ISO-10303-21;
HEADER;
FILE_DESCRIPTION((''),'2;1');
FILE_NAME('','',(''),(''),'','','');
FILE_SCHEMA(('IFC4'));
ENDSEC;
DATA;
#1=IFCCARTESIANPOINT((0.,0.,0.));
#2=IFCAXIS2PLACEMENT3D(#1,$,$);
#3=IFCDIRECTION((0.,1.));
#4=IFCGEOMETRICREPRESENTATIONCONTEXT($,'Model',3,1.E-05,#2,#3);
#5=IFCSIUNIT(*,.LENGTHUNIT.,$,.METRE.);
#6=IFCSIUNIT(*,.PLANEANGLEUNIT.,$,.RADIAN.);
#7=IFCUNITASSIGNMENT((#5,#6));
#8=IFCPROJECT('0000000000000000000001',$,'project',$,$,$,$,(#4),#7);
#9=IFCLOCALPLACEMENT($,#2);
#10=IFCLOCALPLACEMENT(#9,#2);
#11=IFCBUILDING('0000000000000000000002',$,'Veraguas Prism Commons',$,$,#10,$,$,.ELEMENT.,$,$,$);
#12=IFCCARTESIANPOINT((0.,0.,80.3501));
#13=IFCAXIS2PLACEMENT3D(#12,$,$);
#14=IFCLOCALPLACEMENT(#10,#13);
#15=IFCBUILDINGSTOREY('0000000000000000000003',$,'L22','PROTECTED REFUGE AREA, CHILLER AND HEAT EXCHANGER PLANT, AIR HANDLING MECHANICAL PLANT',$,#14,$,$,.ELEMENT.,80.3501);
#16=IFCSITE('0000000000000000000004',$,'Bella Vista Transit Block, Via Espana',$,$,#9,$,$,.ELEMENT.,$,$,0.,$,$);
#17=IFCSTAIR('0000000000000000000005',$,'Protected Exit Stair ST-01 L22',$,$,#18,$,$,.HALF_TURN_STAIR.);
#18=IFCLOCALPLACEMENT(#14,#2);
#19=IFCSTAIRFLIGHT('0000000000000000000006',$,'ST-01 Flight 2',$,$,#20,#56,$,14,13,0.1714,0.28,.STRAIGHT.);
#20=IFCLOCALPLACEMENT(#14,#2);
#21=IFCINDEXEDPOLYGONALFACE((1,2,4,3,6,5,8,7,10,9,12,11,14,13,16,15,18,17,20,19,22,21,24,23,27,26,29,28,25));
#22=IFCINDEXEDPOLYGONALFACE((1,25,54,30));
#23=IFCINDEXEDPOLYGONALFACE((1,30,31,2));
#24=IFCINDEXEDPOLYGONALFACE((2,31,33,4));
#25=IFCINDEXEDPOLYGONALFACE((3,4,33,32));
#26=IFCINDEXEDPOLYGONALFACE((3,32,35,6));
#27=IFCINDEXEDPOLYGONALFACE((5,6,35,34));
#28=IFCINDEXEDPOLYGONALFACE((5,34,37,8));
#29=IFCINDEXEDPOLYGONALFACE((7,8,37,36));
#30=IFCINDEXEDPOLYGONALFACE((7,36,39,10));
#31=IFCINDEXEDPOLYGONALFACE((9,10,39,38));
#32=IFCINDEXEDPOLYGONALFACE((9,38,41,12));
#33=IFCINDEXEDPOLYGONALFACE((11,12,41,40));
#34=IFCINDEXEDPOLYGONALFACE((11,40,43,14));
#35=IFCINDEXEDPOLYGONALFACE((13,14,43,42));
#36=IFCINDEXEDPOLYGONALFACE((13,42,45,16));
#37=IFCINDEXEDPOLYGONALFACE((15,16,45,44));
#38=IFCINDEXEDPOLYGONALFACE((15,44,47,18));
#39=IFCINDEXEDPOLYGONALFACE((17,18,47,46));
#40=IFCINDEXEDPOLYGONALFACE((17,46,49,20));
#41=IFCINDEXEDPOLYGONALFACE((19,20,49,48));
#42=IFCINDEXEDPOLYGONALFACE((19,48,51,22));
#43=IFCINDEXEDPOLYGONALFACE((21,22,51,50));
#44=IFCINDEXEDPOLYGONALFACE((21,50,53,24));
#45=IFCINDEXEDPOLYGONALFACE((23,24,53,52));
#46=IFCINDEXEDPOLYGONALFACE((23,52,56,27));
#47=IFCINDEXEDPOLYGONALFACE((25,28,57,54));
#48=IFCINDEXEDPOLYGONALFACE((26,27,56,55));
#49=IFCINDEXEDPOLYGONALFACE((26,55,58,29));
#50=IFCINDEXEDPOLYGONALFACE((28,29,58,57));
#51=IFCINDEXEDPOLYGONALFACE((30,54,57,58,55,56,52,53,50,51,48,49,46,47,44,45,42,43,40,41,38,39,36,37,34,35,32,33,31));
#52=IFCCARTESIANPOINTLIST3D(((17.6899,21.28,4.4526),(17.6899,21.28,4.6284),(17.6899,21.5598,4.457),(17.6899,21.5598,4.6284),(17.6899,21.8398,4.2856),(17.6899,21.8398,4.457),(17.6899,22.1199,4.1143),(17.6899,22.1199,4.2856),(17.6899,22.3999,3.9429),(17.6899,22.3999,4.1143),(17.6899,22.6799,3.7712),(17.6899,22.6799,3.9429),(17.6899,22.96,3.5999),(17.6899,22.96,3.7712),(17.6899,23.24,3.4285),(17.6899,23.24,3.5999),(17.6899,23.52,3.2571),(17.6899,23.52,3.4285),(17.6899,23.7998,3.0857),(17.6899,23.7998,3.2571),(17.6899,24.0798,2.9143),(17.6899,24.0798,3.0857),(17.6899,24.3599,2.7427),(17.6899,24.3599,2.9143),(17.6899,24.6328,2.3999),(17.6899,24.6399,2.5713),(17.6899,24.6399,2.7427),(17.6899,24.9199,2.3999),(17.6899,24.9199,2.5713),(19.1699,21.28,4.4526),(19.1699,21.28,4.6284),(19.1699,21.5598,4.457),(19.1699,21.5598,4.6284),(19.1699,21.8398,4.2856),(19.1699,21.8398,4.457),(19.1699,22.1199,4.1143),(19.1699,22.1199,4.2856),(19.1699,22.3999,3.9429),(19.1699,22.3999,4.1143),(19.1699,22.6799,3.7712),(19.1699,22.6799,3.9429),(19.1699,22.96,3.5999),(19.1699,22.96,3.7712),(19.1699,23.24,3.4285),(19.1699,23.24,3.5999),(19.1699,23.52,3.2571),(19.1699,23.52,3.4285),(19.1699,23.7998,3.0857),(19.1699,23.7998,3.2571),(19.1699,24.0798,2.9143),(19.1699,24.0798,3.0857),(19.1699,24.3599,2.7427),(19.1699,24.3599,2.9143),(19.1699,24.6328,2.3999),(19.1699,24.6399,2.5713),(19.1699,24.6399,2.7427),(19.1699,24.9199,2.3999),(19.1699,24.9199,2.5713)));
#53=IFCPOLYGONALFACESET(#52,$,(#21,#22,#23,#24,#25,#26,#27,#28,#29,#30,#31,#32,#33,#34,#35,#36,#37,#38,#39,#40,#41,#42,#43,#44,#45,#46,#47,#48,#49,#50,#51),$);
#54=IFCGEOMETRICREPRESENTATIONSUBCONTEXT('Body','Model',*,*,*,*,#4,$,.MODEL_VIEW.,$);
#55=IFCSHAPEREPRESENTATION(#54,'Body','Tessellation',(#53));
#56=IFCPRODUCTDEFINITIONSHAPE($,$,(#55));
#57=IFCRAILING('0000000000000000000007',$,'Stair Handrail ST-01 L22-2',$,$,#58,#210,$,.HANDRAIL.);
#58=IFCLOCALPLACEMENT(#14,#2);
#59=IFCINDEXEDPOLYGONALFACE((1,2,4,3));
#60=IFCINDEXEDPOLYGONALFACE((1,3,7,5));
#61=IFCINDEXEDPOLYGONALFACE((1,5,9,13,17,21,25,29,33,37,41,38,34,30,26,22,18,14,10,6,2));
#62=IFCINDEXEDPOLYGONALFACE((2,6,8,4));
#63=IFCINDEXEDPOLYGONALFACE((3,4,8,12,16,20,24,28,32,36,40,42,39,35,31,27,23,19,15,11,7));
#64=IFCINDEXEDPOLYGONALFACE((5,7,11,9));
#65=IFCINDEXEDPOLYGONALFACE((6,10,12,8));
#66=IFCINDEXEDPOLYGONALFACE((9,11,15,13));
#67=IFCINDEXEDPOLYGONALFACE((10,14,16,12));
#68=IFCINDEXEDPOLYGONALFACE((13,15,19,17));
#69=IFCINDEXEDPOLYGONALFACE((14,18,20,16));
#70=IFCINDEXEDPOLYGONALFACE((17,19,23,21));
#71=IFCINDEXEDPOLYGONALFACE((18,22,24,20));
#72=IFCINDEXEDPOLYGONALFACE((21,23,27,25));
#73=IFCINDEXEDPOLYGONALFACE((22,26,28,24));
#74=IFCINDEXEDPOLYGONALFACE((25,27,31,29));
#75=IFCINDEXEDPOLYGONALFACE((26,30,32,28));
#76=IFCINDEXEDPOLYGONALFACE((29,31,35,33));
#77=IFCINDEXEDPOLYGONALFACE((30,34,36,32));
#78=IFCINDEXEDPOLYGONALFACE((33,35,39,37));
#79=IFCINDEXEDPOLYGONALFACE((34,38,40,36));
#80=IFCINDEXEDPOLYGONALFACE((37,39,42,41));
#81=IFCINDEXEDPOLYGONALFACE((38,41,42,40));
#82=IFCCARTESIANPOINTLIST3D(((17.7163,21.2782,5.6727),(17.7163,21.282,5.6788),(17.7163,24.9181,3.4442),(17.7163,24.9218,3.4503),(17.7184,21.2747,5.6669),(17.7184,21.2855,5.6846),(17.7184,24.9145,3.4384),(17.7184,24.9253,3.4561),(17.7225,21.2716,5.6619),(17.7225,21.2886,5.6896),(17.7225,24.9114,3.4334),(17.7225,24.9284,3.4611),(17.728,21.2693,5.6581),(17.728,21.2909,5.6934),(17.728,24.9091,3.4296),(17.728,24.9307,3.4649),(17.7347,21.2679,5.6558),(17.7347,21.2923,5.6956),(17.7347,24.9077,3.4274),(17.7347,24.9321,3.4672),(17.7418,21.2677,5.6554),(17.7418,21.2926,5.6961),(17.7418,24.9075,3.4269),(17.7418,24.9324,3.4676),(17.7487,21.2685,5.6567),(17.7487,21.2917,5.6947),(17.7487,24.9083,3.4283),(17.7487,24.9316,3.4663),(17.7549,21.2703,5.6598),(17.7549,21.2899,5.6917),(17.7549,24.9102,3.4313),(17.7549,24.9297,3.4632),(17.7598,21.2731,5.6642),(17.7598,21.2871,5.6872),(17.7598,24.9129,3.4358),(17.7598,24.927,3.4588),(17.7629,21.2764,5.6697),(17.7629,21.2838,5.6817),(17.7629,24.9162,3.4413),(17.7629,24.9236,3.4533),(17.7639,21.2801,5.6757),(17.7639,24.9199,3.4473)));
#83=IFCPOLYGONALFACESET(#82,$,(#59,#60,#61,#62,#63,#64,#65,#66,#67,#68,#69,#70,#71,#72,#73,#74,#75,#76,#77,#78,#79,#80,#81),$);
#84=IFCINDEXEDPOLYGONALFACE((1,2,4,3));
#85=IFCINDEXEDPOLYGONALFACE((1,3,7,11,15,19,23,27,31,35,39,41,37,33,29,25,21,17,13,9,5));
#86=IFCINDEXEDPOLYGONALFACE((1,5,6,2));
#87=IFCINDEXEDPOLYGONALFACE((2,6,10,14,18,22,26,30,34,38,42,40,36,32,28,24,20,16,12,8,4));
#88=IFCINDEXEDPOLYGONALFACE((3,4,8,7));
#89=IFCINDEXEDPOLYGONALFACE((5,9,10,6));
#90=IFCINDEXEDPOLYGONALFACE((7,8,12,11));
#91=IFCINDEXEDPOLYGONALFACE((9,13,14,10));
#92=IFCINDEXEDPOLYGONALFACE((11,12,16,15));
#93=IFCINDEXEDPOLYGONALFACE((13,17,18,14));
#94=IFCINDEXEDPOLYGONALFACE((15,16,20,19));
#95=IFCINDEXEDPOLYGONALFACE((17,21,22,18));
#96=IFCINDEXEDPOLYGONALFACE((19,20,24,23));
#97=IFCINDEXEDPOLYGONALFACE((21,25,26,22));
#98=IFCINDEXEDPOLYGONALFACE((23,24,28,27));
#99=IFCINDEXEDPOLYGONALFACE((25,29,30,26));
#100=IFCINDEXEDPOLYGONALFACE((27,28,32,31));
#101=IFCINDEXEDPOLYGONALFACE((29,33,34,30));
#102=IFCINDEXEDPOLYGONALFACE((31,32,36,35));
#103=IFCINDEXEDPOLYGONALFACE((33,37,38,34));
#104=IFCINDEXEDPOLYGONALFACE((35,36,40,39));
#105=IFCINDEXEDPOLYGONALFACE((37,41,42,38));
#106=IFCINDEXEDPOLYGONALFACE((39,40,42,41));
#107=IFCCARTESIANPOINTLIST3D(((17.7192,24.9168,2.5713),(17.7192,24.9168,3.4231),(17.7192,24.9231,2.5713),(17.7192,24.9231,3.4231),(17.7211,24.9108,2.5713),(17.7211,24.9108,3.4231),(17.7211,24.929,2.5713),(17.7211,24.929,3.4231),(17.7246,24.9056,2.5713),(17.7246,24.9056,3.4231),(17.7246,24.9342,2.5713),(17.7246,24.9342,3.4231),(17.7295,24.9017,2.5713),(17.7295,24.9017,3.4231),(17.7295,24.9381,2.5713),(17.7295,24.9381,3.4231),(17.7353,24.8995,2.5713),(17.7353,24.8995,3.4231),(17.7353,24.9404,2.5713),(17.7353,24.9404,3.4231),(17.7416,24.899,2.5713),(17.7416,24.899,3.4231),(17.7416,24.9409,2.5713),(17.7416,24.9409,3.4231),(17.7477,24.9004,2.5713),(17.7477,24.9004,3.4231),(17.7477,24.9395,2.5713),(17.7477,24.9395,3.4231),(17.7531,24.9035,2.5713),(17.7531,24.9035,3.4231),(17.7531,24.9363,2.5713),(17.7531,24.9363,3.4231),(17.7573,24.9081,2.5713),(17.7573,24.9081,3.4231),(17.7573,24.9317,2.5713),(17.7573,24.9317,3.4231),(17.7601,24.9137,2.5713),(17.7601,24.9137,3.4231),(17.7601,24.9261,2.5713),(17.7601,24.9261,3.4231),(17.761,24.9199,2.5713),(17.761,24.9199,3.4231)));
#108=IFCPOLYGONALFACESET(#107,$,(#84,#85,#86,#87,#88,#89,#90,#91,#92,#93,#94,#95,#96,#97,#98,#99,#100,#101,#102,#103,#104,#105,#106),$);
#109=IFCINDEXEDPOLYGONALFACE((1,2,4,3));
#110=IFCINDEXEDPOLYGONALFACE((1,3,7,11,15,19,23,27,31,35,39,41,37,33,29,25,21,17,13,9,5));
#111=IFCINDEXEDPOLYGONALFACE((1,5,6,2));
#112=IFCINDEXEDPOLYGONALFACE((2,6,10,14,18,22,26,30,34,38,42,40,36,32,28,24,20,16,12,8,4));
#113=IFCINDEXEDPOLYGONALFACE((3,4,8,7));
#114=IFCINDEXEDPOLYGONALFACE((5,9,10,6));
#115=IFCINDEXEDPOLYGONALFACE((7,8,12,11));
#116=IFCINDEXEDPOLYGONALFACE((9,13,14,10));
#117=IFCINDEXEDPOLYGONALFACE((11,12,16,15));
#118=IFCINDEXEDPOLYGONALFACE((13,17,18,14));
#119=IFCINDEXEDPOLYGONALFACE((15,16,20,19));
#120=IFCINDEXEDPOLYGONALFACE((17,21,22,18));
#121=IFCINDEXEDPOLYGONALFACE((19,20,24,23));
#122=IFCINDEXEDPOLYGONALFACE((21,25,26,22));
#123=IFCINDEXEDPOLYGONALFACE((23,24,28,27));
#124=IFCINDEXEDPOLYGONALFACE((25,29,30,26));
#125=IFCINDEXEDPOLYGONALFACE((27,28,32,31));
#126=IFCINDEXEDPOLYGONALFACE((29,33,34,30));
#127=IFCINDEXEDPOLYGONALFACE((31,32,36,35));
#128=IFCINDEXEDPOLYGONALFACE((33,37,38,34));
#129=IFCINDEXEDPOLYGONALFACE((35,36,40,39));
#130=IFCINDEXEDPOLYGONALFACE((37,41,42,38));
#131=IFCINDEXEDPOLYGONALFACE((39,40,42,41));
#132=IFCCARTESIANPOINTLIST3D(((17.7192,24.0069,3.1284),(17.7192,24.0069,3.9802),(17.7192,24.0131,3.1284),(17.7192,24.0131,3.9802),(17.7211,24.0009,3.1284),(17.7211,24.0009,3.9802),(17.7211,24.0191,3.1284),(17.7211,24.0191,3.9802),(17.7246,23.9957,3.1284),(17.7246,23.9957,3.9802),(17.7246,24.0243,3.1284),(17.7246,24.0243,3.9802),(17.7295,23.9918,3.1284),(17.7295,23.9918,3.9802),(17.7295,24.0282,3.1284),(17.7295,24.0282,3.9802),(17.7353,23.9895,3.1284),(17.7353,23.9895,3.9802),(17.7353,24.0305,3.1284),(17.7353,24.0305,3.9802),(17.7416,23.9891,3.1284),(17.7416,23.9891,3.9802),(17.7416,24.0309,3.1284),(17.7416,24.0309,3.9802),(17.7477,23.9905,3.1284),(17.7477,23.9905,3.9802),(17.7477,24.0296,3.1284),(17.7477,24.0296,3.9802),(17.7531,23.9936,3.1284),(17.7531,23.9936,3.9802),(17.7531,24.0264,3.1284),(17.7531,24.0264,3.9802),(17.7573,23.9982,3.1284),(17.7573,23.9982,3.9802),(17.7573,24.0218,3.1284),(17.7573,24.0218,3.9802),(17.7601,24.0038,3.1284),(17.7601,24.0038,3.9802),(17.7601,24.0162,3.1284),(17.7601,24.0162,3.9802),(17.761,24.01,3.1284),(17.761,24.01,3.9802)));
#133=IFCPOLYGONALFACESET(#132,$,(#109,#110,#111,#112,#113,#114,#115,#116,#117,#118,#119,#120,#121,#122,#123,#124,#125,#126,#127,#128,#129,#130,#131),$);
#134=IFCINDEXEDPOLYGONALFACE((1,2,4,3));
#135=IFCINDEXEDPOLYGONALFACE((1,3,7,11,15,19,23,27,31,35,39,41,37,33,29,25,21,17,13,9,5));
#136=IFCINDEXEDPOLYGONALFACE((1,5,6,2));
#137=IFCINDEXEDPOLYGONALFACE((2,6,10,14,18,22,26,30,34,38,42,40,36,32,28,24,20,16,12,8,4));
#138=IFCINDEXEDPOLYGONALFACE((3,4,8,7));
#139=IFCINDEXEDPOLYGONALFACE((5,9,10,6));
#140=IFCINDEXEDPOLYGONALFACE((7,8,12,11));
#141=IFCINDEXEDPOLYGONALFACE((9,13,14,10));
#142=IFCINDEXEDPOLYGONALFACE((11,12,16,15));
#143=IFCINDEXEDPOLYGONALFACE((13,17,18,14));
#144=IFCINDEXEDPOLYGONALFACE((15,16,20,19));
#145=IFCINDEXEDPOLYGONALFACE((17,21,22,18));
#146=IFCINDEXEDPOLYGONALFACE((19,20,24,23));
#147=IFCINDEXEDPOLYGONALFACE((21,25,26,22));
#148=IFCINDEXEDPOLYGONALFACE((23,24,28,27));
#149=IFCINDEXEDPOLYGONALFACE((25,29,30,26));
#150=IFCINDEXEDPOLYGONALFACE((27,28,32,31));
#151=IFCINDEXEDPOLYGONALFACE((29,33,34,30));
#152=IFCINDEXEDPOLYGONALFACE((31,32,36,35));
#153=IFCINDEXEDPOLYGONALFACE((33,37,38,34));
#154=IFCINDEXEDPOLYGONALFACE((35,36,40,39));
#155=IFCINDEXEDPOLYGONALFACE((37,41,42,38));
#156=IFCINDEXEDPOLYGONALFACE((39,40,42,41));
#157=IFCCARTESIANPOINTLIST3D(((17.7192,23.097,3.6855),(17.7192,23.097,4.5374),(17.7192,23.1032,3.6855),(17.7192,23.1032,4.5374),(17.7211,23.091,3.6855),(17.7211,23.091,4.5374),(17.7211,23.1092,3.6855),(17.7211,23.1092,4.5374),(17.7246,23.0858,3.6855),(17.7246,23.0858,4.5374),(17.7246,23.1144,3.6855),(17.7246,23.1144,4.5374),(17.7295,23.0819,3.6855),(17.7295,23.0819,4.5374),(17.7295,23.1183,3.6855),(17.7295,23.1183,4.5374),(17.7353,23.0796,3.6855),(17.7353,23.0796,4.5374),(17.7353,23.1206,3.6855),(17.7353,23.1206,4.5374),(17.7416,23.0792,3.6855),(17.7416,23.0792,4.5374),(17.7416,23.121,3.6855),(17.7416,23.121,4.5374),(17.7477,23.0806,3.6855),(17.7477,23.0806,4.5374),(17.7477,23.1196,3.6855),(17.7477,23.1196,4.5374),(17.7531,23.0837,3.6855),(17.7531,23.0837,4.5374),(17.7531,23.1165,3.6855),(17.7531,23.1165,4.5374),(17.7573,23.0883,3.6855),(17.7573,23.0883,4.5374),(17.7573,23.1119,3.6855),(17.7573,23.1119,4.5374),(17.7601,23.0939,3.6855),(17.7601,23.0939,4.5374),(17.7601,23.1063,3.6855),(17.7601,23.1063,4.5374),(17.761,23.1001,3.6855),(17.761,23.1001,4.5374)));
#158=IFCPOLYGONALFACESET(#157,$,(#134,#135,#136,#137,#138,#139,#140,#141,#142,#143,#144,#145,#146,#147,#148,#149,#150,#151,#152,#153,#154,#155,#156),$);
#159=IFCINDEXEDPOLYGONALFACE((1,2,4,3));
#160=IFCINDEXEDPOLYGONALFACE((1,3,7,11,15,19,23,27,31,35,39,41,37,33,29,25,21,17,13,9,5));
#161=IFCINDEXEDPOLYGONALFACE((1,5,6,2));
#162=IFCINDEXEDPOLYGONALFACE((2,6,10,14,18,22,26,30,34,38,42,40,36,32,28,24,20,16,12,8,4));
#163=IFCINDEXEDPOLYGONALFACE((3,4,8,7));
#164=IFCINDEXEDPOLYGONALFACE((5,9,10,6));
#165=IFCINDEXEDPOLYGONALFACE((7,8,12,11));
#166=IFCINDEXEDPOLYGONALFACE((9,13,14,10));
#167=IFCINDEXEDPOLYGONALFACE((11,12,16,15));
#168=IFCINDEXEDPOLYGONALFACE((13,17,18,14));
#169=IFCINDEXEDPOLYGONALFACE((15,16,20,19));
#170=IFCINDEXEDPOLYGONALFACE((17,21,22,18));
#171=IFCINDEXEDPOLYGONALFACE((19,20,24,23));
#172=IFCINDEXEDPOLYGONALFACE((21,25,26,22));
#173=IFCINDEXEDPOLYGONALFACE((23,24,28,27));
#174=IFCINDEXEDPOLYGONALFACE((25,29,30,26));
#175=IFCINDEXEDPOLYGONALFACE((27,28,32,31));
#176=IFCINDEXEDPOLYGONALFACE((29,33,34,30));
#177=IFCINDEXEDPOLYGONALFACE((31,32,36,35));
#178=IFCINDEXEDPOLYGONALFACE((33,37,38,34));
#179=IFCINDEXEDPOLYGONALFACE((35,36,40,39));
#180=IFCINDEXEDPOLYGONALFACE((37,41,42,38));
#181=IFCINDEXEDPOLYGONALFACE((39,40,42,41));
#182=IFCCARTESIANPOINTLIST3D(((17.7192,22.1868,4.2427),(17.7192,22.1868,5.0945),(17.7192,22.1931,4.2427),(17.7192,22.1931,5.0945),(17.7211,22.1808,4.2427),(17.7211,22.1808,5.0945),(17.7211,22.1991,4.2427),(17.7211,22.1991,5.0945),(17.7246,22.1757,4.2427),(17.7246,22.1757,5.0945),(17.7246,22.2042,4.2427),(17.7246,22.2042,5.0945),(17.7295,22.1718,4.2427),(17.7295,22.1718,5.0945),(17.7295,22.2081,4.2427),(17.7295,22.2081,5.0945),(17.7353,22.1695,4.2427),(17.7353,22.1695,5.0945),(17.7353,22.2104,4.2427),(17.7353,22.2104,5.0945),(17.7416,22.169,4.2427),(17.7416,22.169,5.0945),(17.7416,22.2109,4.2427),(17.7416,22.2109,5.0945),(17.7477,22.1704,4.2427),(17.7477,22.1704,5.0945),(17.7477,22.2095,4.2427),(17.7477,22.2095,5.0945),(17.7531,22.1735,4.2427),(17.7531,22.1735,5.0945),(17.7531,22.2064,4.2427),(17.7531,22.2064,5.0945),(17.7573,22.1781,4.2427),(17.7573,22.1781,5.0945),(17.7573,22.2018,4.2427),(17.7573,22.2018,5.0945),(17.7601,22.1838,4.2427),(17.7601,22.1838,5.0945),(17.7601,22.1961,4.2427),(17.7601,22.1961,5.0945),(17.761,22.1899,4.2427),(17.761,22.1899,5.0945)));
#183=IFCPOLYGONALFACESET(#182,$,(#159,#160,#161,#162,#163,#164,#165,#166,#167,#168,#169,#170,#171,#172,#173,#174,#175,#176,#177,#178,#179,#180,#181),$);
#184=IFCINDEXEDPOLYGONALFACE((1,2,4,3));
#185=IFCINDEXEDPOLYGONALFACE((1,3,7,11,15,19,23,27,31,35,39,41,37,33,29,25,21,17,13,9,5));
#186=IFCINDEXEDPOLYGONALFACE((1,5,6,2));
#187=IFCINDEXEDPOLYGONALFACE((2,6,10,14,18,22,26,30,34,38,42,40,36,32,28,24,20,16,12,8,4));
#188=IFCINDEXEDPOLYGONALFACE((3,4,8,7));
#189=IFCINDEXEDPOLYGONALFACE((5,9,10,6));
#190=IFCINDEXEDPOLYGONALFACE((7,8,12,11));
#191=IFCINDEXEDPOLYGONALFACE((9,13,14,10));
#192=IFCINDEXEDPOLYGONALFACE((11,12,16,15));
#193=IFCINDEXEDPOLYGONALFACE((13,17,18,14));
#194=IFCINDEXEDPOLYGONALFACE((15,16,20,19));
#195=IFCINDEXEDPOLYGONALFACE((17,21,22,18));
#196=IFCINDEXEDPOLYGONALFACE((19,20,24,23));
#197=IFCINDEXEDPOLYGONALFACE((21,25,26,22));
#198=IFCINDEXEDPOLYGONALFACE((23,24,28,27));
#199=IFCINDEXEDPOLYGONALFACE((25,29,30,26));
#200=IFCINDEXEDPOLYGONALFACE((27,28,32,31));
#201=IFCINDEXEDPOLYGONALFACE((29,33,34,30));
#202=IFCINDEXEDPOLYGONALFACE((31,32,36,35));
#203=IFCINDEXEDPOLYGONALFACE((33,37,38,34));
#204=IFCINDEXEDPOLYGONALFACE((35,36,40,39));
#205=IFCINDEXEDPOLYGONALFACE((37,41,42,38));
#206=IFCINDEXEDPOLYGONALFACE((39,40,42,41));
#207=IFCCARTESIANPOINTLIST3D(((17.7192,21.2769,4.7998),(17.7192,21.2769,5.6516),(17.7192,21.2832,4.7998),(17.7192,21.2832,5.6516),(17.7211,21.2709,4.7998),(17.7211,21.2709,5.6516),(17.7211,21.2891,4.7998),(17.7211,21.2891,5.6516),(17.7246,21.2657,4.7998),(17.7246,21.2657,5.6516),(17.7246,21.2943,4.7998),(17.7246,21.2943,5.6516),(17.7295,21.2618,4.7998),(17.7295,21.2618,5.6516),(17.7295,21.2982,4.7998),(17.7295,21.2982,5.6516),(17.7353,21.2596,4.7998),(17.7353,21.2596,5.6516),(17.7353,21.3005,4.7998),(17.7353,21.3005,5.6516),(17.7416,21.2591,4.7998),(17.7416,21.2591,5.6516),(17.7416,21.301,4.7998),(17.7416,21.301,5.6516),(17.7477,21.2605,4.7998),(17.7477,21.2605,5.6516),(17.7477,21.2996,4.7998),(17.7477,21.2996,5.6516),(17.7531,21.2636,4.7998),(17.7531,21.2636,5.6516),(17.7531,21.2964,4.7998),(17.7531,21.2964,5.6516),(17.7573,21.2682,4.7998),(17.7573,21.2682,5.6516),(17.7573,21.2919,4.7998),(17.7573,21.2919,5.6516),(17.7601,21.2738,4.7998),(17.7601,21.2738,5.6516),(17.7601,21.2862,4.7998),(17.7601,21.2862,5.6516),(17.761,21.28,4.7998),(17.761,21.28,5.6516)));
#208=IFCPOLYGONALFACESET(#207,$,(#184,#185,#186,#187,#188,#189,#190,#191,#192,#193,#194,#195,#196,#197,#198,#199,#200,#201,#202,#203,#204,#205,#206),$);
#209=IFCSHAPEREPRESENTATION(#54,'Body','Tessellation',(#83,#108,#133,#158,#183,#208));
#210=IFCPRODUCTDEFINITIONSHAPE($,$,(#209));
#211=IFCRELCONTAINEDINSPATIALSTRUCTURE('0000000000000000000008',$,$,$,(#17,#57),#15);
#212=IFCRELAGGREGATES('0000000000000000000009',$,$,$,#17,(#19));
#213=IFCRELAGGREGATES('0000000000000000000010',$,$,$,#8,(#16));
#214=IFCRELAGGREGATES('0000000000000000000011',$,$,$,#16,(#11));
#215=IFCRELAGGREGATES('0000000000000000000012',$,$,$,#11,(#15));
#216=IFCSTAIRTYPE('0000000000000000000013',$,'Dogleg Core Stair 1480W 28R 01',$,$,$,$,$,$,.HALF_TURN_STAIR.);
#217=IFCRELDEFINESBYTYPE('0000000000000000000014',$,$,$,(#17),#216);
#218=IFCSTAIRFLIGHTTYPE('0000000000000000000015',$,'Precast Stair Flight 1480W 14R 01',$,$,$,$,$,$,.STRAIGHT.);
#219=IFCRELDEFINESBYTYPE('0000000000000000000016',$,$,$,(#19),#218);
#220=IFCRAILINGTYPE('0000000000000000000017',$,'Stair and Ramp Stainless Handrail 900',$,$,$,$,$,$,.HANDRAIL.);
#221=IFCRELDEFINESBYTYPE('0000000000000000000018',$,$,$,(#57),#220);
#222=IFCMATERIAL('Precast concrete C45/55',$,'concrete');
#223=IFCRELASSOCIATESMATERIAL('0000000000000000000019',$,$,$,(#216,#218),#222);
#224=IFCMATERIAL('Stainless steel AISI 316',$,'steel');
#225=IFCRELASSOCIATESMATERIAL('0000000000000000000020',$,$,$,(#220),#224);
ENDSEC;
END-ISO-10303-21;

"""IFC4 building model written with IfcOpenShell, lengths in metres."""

from ifc_helpers import new_model, si_unit, direction, frame, origin, origin_2d, place, context, subcontext, project, spatial, polyline, circle, outline, extrude, material, type_object, element, aggregate, save


model = new_model("IFC4")

# Units and contexts
model_context = context("Model", 3, precision=1e-05, world=origin(), true_north=direction((0.0, 1.0)))
body_context = subcontext(model_context, "Body", "Model", "MODEL_VIEW")
ifc_project = project(units=[si_unit("LENGTHUNIT", "METRE"), si_unit("PLANEANGLEUNIT", "RADIAN")], contexts=[model_context])

# Site, building, storey
site_placement = place(None, origin())
site = spatial("IfcSite", under=ifc_project, at=site_placement, Name="Bella Vista Transit Block, Via Espana", CompositionType="ELEMENT", RefElevation=0.0)
building_placement = place(site_placement, origin())
building = spatial("IfcBuilding", under=site, at=building_placement, Name="Veraguas Prism Commons", CompositionType="ELEMENT")
storey_placement = place(building_placement, frame((0.0, 0.0, 80.3501)))
storey = spatial("IfcBuildingStorey", under=building, at=storey_placement, Name="L22", Description="PROTECTED REFUGE AREA, CHILLER AND HEAT EXCHANGER PLANT, AIR HANDLING MECHANICAL PLANT", CompositionType="ELEMENT", Elevation=80.3501)

# Shared definitions
ifc_material_1 = material(Name="Stainless steel AISI 316", Category="steel")

# Stair, stair flight
ifc_material_2 = material(Name="Precast concrete C45/55", Category="concrete")
stair_type = type_object("IfcStairType", Name="Dogleg Core Stair 1480W 28R 01", PredefinedType="HALF_TURN_STAIR", material=ifc_material_2)
stair_placement = place(storey_placement, origin())
stair = element("IfcStair", 1, at=stair_placement, inside=storey, type_object=stair_type, Name="Protected Exit Stair ST-01 L22", PredefinedType="HALF_TURN_STAIR")
stair_flight_type = type_object("IfcStairFlightType", Name="Precast Stair Flight 1480W 14R 01", PredefinedType="STRAIGHT", material=ifc_material_2)
stair_flight_placement = place(storey_placement, frame((18.4299, 24.9199, 2.3999), z_axis=(0.0, 0.0, 1.0), x_axis=(0.0, -1.0, 0.0)))
stair_flight = element("IfcStairFlight", 2, at=stair_flight_placement, type_object=stair_flight_type, Name="ST-01 Flight 2", NumberOfRisers=14, NumberOfTreads=13, PredefinedType="STRAIGHT", RiserHeight=0.1714, TreadLength=0.28, context=body_context, shape_type="SweptSolid", body=[
    extrude(outline(polyline([(0.0, 0.0), (0.0, 0.1714), (0.28, 0.1714), (0.28, 0.3428), (0.5601, 0.3428), (0.5601, 0.5144), (0.8401, 0.5144), (0.8401, 0.6858), (1.1201, 0.6858), (1.1201, 0.8572), (1.3999, 0.8572), (1.3999, 1.0286), (1.6799, 1.0286), (1.6799, 1.2), (1.96, 1.2), (1.96, 1.3713), (2.24, 1.3713), (2.24, 1.543), (2.52, 1.543), (2.52, 1.7144), (2.8, 1.7144), (2.8, 1.8857), (3.0801, 1.8857), (3.0801, 2.0571), (3.3601, 2.0571), (3.3601, 2.2285), (3.6399, 2.2285), (3.6399, 2.3999), (3.6399, 2.0527), (0.2871, 0.0), (0.0, 0.0)])), frame((0.0, 0.74, 0.0), z_axis=(0.0, -1.0, 0.0), x_axis=(1.0, 0.0, 0.0)), (0.0, 0.0, 1.0), 1.48),
])
aggregate(stair, [stair_flight])

# Railing
railing_type_1 = type_object("IfcRailingType", Name="Stair and Ramp Stainless Handrail 900", PredefinedType="HANDRAIL", material=ifc_material_1)
railing_1_placement = place(storey_placement, frame((17.74, 24.9199, 2.5713)))
element("IfcRailing", 3, at=railing_1_placement, inside=storey, type_object=railing_type_1, Name="Stair Handrail ST-01 L22-2", PredefinedType="HANDRAIL", context=body_context, shape_type="SweptSolid", body=[
    extrude(circle(Radius=0.0239, at=origin_2d()), frame((0.0, 0.0, 0.876), z_axis=(0.0, -0.85285, 0.522156), x_axis=(1.0, 0.0, 0.0)), (0.0, 0.0, 1.0), 4.2678),
    extrude(circle(Radius=0.021, at=origin_2d()), origin(), (0.0, 0.0, 1.0), 0.8518),
    extrude(circle(Radius=0.021, at=origin_2d()), frame((0.0, -0.9099, 0.5571)), (0.0, 0.0, 1.0), 0.8518),
    extrude(circle(Radius=0.021, at=origin_2d()), frame((0.0, -1.8198, 1.1143)), (0.0, 0.0, 1.0), 0.8518),
    extrude(circle(Radius=0.021, at=origin_2d()), frame((0.0, -2.73, 1.6714)), (0.0, 0.0, 1.0), 0.8518),
    extrude(circle(Radius=0.021, at=origin_2d()), frame((0.0, -3.6399, 2.2285)), (0.0, 0.0, 1.0), 0.8518),
])

save(model, "model.ifc")
